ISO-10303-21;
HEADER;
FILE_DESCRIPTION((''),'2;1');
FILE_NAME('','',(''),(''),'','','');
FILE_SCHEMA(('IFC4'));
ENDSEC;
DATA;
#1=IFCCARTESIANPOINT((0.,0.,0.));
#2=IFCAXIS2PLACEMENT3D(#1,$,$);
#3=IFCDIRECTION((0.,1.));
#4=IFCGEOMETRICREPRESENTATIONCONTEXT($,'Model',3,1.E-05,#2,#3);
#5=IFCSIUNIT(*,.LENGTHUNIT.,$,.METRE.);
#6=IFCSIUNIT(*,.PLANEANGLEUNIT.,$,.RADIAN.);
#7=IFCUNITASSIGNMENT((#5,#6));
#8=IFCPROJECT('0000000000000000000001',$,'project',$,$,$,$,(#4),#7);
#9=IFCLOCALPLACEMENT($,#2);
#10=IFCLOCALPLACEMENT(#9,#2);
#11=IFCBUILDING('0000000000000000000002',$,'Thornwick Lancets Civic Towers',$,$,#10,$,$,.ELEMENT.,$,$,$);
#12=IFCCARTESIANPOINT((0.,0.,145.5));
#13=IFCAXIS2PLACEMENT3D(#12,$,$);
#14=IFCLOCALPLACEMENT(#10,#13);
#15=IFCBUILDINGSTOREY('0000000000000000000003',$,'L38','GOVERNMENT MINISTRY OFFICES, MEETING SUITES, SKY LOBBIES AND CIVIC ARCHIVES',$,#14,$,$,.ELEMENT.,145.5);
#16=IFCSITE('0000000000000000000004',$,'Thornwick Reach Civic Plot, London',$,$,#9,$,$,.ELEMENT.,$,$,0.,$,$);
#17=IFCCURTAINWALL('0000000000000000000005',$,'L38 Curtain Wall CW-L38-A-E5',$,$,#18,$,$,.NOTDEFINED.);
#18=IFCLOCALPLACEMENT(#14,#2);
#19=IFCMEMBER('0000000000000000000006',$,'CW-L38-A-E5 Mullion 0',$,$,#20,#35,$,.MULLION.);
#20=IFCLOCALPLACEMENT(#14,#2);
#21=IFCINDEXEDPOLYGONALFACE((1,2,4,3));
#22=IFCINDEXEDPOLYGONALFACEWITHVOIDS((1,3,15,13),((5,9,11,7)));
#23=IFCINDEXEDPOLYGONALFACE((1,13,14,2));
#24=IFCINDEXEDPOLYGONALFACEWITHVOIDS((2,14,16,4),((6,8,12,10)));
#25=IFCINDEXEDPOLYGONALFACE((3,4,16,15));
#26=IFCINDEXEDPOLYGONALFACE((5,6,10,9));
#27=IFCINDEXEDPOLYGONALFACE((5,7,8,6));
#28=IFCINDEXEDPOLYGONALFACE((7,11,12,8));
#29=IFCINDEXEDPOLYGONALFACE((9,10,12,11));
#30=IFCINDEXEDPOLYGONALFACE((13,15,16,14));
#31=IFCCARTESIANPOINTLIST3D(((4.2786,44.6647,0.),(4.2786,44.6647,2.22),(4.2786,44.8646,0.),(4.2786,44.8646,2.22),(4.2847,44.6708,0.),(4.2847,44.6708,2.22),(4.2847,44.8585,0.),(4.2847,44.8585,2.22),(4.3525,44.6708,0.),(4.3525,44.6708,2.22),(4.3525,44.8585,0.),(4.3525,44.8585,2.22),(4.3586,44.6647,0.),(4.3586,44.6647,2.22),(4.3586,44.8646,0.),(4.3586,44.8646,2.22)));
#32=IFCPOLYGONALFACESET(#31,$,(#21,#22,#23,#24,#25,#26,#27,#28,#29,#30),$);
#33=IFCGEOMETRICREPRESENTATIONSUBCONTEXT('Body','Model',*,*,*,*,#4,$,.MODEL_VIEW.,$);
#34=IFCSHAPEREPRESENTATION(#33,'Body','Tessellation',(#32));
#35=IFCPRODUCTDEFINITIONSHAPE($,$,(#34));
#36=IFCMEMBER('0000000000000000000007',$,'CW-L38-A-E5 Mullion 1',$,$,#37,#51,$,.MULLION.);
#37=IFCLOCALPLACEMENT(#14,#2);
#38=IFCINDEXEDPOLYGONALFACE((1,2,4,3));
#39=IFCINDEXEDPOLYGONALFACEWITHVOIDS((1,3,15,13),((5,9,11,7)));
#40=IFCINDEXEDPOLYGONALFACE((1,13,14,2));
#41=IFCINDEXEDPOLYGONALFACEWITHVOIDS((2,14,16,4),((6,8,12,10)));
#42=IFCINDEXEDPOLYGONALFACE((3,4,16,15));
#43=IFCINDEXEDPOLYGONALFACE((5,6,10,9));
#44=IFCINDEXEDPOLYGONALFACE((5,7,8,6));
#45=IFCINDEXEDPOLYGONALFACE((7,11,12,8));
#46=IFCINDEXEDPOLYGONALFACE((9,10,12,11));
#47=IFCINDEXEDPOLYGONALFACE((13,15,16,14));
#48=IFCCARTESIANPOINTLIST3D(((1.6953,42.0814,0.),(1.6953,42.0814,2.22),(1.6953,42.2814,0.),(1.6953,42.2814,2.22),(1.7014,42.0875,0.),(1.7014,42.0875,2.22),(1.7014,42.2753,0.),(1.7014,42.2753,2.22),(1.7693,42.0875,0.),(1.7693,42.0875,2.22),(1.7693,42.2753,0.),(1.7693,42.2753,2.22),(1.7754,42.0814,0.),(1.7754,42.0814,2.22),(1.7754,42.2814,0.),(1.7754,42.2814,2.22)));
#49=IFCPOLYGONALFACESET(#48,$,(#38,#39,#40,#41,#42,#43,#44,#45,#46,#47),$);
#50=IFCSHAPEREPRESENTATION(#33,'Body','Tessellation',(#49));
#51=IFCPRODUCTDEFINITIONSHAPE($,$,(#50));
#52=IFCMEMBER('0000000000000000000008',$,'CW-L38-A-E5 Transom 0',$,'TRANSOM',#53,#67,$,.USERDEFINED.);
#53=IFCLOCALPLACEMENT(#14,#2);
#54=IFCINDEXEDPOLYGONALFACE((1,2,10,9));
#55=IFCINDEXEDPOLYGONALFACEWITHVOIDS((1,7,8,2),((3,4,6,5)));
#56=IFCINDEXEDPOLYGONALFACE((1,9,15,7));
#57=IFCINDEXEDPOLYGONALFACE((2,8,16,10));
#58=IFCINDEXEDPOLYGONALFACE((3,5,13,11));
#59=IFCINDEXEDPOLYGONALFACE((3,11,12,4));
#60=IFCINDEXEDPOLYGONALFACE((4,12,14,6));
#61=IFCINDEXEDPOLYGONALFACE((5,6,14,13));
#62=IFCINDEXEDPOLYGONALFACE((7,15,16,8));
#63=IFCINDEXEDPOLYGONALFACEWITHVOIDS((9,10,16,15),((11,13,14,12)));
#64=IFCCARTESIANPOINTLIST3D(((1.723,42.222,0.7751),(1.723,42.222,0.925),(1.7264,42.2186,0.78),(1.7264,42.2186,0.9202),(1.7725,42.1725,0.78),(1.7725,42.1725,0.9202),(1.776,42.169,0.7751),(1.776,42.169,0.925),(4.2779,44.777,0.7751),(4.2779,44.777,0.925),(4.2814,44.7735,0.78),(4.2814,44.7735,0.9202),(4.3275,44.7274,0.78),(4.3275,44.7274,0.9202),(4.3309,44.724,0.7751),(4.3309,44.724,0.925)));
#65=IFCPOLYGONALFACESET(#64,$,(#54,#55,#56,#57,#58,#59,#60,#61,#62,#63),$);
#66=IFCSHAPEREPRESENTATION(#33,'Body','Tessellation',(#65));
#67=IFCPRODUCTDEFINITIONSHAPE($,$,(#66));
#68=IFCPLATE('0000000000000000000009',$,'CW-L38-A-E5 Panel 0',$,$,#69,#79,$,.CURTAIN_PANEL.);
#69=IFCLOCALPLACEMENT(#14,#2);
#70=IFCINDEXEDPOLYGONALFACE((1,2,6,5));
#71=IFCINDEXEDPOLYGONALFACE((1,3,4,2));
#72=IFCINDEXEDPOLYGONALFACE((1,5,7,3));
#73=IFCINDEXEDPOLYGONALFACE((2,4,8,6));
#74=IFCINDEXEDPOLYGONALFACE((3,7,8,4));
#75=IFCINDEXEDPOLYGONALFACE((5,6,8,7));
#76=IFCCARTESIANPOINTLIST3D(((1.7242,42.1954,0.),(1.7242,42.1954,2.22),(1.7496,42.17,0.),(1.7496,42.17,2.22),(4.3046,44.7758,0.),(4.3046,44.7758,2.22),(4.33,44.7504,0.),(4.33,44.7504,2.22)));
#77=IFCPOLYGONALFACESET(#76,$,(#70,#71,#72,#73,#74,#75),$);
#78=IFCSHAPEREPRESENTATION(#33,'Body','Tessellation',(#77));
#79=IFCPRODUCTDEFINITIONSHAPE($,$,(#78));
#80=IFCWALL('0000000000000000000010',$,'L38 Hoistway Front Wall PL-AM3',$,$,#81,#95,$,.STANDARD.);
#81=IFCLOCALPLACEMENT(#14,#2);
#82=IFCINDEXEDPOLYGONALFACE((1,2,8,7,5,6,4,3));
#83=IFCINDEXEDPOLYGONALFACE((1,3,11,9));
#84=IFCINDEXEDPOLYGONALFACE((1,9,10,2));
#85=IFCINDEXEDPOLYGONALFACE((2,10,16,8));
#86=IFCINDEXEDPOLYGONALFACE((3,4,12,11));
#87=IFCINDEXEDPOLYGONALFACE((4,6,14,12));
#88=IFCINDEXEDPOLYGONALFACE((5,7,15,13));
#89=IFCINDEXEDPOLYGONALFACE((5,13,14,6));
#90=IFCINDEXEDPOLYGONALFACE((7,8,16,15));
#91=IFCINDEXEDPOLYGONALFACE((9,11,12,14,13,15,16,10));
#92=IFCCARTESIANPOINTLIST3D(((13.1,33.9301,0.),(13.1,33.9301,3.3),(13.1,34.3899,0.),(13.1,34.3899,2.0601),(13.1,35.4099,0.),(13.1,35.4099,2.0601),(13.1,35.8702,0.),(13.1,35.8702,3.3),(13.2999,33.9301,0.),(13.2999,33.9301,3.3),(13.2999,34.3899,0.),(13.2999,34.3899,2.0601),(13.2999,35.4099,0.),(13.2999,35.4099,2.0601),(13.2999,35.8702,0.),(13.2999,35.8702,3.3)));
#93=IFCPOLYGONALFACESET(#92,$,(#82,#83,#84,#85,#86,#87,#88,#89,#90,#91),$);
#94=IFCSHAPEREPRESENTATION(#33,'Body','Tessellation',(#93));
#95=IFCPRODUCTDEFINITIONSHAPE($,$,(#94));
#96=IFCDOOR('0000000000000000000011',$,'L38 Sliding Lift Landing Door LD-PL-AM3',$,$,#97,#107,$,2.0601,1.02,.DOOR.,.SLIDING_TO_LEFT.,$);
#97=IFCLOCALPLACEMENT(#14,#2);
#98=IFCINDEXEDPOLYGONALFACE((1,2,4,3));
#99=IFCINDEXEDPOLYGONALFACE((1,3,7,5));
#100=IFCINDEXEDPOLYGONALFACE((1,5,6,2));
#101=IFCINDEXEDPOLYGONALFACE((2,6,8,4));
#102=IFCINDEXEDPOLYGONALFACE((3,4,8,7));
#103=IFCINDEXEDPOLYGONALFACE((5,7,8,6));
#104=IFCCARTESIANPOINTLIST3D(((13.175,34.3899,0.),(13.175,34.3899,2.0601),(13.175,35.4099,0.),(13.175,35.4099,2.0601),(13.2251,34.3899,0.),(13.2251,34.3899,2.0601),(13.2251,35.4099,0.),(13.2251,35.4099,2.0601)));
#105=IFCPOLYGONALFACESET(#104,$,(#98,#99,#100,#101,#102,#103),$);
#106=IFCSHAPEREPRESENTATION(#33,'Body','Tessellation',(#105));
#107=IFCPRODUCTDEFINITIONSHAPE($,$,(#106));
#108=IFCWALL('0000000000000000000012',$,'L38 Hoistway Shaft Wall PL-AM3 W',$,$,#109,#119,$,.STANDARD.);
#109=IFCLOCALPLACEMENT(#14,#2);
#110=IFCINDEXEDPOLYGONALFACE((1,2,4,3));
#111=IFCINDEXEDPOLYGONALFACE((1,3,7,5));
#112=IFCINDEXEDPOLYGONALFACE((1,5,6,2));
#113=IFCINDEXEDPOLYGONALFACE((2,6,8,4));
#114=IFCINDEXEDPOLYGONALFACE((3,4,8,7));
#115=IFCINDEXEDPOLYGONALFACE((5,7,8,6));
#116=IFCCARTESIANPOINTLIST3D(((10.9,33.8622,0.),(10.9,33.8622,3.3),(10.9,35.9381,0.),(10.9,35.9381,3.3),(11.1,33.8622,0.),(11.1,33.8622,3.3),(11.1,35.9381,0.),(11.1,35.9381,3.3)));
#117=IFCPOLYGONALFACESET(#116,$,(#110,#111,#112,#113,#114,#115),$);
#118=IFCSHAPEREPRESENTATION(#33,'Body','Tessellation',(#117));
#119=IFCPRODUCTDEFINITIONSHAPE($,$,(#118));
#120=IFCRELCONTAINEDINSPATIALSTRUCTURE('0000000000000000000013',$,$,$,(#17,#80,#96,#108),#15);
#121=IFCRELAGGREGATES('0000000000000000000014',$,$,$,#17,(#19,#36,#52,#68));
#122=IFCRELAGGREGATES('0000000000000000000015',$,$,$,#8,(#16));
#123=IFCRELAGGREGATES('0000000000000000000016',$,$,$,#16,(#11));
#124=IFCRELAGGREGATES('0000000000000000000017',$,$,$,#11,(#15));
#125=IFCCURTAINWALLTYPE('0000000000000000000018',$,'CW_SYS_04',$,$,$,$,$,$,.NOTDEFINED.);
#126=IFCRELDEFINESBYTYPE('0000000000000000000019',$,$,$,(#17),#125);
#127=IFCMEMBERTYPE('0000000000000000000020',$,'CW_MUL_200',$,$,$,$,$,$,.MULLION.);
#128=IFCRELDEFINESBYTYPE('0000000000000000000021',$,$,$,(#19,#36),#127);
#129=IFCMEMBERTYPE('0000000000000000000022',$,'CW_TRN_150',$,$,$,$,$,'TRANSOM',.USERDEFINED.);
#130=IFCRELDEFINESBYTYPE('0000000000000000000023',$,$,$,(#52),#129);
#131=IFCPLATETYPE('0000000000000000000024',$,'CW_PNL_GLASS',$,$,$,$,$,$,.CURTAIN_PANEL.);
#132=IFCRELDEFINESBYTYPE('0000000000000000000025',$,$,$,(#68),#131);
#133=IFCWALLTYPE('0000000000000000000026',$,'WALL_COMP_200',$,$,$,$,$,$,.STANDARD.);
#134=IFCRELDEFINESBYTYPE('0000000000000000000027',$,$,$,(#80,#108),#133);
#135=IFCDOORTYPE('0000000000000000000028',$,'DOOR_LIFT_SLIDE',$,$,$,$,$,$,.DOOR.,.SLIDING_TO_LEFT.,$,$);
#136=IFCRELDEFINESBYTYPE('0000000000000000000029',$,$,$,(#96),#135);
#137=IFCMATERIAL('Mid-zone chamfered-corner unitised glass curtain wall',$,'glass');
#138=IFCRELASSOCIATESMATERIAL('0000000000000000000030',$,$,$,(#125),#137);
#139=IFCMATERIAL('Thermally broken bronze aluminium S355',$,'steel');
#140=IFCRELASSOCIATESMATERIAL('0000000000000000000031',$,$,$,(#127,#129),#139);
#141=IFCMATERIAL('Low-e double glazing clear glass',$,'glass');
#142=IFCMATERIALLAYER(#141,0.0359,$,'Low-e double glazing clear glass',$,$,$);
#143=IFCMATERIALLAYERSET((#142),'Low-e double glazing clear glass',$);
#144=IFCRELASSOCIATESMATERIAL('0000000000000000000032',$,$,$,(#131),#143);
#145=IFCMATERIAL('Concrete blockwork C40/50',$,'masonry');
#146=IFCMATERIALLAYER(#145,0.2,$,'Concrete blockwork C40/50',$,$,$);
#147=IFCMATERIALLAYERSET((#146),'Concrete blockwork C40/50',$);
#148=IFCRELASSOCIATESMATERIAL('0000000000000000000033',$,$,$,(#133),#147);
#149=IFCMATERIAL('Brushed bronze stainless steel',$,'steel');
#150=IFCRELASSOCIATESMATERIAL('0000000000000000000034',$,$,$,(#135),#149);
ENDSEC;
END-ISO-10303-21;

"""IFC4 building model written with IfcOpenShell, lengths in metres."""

from ifc_helpers import new_model, si_unit, direction, frame, frame_2d, origin, origin_2d, place, context, subcontext, project, spatial, rectangle, hollow_rectangle, extrude, material, layer, layer_set, material_profile, profile_set, type_object, element, fill, aggregate, save


model = new_model("IFC4")

# Units and contexts
model_context = context("Model", 3, precision=1e-05, world=origin(), true_north=direction((0.0, 1.0)))
body_context = subcontext(model_context, "Body", "Model", "MODEL_VIEW")
ifc_project = project(units=[si_unit("LENGTHUNIT", "METRE"), si_unit("PLANEANGLEUNIT", "RADIAN")], contexts=[model_context])

# Site, building, storey
site_placement = place(None, origin())
site = spatial("IfcSite", under=ifc_project, at=site_placement, Name="Thornwick Reach Civic Plot, London", CompositionType="ELEMENT", RefElevation=0.0)
building_placement = place(site_placement, origin())
building = spatial("IfcBuilding", under=site, at=building_placement, Name="Thornwick Lancets Civic Towers", CompositionType="ELEMENT")
storey_placement = place(building_placement, frame((0.0, 0.0, 145.5)))
storey = spatial("IfcBuildingStorey", under=building, at=storey_placement, Name="L38", Description="GOVERNMENT MINISTRY OFFICES, MEETING SUITES, SKY LOBBIES AND CIVIC ARCHIVES", CompositionType="ELEMENT", Elevation=145.5)

# Curtain wall, members, plate
ifc_material_1 = material(Name="Mid-zone chamfered-corner unitised glass curtain wall", Category="glass")
curtain_wall_type = type_object("IfcCurtainWallType", Name="CW_SYS_04", PredefinedType="NOTDEFINED", material=ifc_material_1)
curtain_wall_placement = place(storey_placement, origin())
curtain_wall = element("IfcCurtainWall", 1, at=curtain_wall_placement, inside=storey, type_object=curtain_wall_type, Name="L38 Curtain Wall CW-L38-A-E5", PredefinedType="NOTDEFINED")
ifc_material_2 = material(Name="Thermally broken bronze aluminium S355", Category="steel")
ifc_material_profile_1 = material_profile(ifc_material_2, hollow_rectangle(XDim=0.0801, YDim=0.2, WallThickness=0.0061, at=origin_2d()), Name="RHS 200x80x6")
ifc_profile_set_1 = profile_set([ifc_material_profile_1], Name="Thermally broken bronze aluminium S355")
member_type_1 = type_object("IfcMemberType", Name="CW_MUL_200", PredefinedType="MULLION", material=ifc_profile_set_1)
member_1_placement = place(storey_placement, frame((4.3186, 44.7646, 0.0), z_axis=(0.0, 0.0, 1.0), x_axis=(1.0, 0.0, 0.0)))
member_1 = element("IfcMember", 2, at=member_1_placement, type_object=member_type_1, Name="CW-L38-A-E5 Mullion 0", PredefinedType="MULLION", context=body_context, shape_type="SweptSolid", body=[
    extrude(hollow_rectangle(XDim=0.0801, YDim=0.2, WallThickness=0.0061, at=origin_2d()), origin(), (0.0, 0.0, 1.0), 2.22),
])
member_2_placement = place(storey_placement, frame((1.7354, 42.1814, 0.0), z_axis=(0.0, 0.0, 1.0), x_axis=(1.0, 0.0, 0.0)))
member_2 = element("IfcMember", 3, at=member_2_placement, type_object=member_type_1, Name="CW-L38-A-E5 Mullion 1", PredefinedType="MULLION", context=body_context, shape_type="SweptSolid", body=[
    extrude(hollow_rectangle(XDim=0.0801, YDim=0.2, WallThickness=0.0061, at=origin_2d()), origin(), (0.0, 0.0, 1.0), 2.22),
])
ifc_material_profile_2 = material_profile(ifc_material_2, hollow_rectangle(XDim=0.075, YDim=0.1499, WallThickness=0.0049, at=origin_2d()), Name="RHS 150x75x5")
ifc_profile_set_2 = profile_set([ifc_material_profile_2], Name="Thermally broken bronze aluminium S355")
member_type_2 = type_object("IfcMemberType", Name="CW_TRN_150", ElementType="TRANSOM", PredefinedType="USERDEFINED", material=ifc_profile_set_2)
member_3_placement = place(storey_placement, frame((4.3044, 44.7505, 0.8501), z_axis=(-0.707107, -0.707107, 0.0), x_axis=(0.707107, -0.707107, 0.0)))
member_3 = element("IfcMember", 4, at=member_3_placement, type_object=member_type_2, Name="CW-L38-A-E5 Transom 0", ObjectType="TRANSOM", PredefinedType="USERDEFINED", context=body_context, shape_type="SweptSolid", body=[
    extrude(hollow_rectangle(XDim=0.075, YDim=0.1499, WallThickness=0.0049, at=origin_2d()), origin(), (0.0, 0.0, 1.0), 3.6133),
])
ifc_material_3 = material(Name="Low-e double glazing clear glass", Category="glass")
ifc_layer_1 = layer(ifc_material_3, 0.0359, Name="Low-e double glazing clear glass")
ifc_layer_set_1 = layer_set([ifc_layer_1], Name="Low-e double glazing clear glass")
plate_type = type_object("IfcPlateType", Name="CW_PNL_GLASS", PredefinedType="CURTAIN_PANEL", material=ifc_layer_set_1)
plate_placement = place(storey_placement, frame((3.0271, 43.4729, 0.0), z_axis=(0.0, 0.0, 1.0), x_axis=(-0.707107, -0.707107, 0.0)))
plate = element("IfcPlate", 5, at=plate_placement, type_object=plate_type, Name="CW-L38-A-E5 Panel 0", PredefinedType="CURTAIN_PANEL", context=body_context, shape_type="SweptSolid", body=[
    extrude(rectangle(XDim=3.6492, YDim=0.0359, at=origin_2d()), origin(), (0.0, 0.0, 1.0), 2.22),
])
aggregate(curtain_wall, [member_1, member_2, member_3, plate])

# Wall, opening, door
ifc_material_4 = material(Name="Concrete blockwork C40/50", Category="masonry")
ifc_layer_2 = layer(ifc_material_4, 0.2, Name="Concrete blockwork C40/50")
ifc_layer_set_2 = layer_set([ifc_layer_2], Name="Concrete blockwork C40/50")
wall_type_1 = type_object("IfcWallType", Name="WALL_COMP_200", PredefinedType="STANDARD", material=ifc_layer_set_2)
wall_1_placement = place(storey_placement, frame((13.2, 33.9299, 0.0), z_axis=(0.0, 0.0, 1.0), x_axis=(0.0, 1.0, 0.0)))
wall_1 = element("IfcWall", 6, at=wall_1_placement, inside=storey, type_object=wall_type_1, Name="L38 Hoistway Front Wall PL-AM3", PredefinedType="STANDARD", context=body_context, shape_type="SweptSolid", body=[
    extrude(rectangle(XDim=1.9402, YDim=0.2, at=frame_2d((0.9702, 0.0))), origin(), (0.0, 0.0, 1.0), 3.3),
])
opening_1_placement = place(wall_1_placement, frame((0.46, 0.0, 0.0)))
opening_1 = element("IfcOpeningElement", 7, at=opening_1_placement, cuts=wall_1, PredefinedType="OPENING", context=body_context, shape_type="SweptSolid", body=[
    extrude(rectangle(XDim=1.02, YDim=2.0601, at=frame_2d((0.51, 1.03))), frame((0.0, 0.1099, 0.0), z_axis=(0.0, -1.0, 0.0), x_axis=(1.0, 0.0, 0.0)), (0.0, 0.0, 1.0), 0.22),
])
ifc_material_5 = material(Name="Brushed bronze stainless steel", Category="steel")
door_type_1 = type_object("IfcDoorType", Name="DOOR_LIFT_SLIDE", OperationType="SLIDING_TO_LEFT", PredefinedType="DOOR", material=ifc_material_5)
door_1_placement = place(opening_1_placement, origin())
door_1 = element("IfcDoor", 8, at=door_1_placement, inside=storey, type_object=door_type_1, Name="L38 Sliding Lift Landing Door LD-PL-AM3", OperationType="SLIDING_TO_LEFT", OverallHeight=2.0601, OverallWidth=1.02, PredefinedType="DOOR", context=body_context, shape_type="SweptSolid", body=[
    extrude(rectangle(XDim=1.02, YDim=2.0601, at=frame_2d((0.51, 1.03))), frame((0.0, 0.0249, 0.0), z_axis=(0.0, -1.0, 0.0), x_axis=(1.0, 0.0, 0.0)), (0.0, 0.0, 1.0), 0.05),
])
fill(opening_1, door_1)

# Wall
wall_2_placement = place(storey_placement, frame((11.0, 33.8621, 0.0), z_axis=(0.0, 0.0, 1.0), x_axis=(0.0, 1.0, 0.0)))
element("IfcWall", 9, at=wall_2_placement, inside=storey, type_object=wall_type_1, Name="L38 Hoistway Shaft Wall PL-AM3 W", PredefinedType="STANDARD", context=body_context, shape_type="SweptSolid", body=[
    extrude(rectangle(XDim=2.0759, YDim=0.2, at=frame_2d((1.0381, 0.0))), origin(), (0.0, 0.0, 1.0), 3.3),
])

save(model, "model.ifc")
